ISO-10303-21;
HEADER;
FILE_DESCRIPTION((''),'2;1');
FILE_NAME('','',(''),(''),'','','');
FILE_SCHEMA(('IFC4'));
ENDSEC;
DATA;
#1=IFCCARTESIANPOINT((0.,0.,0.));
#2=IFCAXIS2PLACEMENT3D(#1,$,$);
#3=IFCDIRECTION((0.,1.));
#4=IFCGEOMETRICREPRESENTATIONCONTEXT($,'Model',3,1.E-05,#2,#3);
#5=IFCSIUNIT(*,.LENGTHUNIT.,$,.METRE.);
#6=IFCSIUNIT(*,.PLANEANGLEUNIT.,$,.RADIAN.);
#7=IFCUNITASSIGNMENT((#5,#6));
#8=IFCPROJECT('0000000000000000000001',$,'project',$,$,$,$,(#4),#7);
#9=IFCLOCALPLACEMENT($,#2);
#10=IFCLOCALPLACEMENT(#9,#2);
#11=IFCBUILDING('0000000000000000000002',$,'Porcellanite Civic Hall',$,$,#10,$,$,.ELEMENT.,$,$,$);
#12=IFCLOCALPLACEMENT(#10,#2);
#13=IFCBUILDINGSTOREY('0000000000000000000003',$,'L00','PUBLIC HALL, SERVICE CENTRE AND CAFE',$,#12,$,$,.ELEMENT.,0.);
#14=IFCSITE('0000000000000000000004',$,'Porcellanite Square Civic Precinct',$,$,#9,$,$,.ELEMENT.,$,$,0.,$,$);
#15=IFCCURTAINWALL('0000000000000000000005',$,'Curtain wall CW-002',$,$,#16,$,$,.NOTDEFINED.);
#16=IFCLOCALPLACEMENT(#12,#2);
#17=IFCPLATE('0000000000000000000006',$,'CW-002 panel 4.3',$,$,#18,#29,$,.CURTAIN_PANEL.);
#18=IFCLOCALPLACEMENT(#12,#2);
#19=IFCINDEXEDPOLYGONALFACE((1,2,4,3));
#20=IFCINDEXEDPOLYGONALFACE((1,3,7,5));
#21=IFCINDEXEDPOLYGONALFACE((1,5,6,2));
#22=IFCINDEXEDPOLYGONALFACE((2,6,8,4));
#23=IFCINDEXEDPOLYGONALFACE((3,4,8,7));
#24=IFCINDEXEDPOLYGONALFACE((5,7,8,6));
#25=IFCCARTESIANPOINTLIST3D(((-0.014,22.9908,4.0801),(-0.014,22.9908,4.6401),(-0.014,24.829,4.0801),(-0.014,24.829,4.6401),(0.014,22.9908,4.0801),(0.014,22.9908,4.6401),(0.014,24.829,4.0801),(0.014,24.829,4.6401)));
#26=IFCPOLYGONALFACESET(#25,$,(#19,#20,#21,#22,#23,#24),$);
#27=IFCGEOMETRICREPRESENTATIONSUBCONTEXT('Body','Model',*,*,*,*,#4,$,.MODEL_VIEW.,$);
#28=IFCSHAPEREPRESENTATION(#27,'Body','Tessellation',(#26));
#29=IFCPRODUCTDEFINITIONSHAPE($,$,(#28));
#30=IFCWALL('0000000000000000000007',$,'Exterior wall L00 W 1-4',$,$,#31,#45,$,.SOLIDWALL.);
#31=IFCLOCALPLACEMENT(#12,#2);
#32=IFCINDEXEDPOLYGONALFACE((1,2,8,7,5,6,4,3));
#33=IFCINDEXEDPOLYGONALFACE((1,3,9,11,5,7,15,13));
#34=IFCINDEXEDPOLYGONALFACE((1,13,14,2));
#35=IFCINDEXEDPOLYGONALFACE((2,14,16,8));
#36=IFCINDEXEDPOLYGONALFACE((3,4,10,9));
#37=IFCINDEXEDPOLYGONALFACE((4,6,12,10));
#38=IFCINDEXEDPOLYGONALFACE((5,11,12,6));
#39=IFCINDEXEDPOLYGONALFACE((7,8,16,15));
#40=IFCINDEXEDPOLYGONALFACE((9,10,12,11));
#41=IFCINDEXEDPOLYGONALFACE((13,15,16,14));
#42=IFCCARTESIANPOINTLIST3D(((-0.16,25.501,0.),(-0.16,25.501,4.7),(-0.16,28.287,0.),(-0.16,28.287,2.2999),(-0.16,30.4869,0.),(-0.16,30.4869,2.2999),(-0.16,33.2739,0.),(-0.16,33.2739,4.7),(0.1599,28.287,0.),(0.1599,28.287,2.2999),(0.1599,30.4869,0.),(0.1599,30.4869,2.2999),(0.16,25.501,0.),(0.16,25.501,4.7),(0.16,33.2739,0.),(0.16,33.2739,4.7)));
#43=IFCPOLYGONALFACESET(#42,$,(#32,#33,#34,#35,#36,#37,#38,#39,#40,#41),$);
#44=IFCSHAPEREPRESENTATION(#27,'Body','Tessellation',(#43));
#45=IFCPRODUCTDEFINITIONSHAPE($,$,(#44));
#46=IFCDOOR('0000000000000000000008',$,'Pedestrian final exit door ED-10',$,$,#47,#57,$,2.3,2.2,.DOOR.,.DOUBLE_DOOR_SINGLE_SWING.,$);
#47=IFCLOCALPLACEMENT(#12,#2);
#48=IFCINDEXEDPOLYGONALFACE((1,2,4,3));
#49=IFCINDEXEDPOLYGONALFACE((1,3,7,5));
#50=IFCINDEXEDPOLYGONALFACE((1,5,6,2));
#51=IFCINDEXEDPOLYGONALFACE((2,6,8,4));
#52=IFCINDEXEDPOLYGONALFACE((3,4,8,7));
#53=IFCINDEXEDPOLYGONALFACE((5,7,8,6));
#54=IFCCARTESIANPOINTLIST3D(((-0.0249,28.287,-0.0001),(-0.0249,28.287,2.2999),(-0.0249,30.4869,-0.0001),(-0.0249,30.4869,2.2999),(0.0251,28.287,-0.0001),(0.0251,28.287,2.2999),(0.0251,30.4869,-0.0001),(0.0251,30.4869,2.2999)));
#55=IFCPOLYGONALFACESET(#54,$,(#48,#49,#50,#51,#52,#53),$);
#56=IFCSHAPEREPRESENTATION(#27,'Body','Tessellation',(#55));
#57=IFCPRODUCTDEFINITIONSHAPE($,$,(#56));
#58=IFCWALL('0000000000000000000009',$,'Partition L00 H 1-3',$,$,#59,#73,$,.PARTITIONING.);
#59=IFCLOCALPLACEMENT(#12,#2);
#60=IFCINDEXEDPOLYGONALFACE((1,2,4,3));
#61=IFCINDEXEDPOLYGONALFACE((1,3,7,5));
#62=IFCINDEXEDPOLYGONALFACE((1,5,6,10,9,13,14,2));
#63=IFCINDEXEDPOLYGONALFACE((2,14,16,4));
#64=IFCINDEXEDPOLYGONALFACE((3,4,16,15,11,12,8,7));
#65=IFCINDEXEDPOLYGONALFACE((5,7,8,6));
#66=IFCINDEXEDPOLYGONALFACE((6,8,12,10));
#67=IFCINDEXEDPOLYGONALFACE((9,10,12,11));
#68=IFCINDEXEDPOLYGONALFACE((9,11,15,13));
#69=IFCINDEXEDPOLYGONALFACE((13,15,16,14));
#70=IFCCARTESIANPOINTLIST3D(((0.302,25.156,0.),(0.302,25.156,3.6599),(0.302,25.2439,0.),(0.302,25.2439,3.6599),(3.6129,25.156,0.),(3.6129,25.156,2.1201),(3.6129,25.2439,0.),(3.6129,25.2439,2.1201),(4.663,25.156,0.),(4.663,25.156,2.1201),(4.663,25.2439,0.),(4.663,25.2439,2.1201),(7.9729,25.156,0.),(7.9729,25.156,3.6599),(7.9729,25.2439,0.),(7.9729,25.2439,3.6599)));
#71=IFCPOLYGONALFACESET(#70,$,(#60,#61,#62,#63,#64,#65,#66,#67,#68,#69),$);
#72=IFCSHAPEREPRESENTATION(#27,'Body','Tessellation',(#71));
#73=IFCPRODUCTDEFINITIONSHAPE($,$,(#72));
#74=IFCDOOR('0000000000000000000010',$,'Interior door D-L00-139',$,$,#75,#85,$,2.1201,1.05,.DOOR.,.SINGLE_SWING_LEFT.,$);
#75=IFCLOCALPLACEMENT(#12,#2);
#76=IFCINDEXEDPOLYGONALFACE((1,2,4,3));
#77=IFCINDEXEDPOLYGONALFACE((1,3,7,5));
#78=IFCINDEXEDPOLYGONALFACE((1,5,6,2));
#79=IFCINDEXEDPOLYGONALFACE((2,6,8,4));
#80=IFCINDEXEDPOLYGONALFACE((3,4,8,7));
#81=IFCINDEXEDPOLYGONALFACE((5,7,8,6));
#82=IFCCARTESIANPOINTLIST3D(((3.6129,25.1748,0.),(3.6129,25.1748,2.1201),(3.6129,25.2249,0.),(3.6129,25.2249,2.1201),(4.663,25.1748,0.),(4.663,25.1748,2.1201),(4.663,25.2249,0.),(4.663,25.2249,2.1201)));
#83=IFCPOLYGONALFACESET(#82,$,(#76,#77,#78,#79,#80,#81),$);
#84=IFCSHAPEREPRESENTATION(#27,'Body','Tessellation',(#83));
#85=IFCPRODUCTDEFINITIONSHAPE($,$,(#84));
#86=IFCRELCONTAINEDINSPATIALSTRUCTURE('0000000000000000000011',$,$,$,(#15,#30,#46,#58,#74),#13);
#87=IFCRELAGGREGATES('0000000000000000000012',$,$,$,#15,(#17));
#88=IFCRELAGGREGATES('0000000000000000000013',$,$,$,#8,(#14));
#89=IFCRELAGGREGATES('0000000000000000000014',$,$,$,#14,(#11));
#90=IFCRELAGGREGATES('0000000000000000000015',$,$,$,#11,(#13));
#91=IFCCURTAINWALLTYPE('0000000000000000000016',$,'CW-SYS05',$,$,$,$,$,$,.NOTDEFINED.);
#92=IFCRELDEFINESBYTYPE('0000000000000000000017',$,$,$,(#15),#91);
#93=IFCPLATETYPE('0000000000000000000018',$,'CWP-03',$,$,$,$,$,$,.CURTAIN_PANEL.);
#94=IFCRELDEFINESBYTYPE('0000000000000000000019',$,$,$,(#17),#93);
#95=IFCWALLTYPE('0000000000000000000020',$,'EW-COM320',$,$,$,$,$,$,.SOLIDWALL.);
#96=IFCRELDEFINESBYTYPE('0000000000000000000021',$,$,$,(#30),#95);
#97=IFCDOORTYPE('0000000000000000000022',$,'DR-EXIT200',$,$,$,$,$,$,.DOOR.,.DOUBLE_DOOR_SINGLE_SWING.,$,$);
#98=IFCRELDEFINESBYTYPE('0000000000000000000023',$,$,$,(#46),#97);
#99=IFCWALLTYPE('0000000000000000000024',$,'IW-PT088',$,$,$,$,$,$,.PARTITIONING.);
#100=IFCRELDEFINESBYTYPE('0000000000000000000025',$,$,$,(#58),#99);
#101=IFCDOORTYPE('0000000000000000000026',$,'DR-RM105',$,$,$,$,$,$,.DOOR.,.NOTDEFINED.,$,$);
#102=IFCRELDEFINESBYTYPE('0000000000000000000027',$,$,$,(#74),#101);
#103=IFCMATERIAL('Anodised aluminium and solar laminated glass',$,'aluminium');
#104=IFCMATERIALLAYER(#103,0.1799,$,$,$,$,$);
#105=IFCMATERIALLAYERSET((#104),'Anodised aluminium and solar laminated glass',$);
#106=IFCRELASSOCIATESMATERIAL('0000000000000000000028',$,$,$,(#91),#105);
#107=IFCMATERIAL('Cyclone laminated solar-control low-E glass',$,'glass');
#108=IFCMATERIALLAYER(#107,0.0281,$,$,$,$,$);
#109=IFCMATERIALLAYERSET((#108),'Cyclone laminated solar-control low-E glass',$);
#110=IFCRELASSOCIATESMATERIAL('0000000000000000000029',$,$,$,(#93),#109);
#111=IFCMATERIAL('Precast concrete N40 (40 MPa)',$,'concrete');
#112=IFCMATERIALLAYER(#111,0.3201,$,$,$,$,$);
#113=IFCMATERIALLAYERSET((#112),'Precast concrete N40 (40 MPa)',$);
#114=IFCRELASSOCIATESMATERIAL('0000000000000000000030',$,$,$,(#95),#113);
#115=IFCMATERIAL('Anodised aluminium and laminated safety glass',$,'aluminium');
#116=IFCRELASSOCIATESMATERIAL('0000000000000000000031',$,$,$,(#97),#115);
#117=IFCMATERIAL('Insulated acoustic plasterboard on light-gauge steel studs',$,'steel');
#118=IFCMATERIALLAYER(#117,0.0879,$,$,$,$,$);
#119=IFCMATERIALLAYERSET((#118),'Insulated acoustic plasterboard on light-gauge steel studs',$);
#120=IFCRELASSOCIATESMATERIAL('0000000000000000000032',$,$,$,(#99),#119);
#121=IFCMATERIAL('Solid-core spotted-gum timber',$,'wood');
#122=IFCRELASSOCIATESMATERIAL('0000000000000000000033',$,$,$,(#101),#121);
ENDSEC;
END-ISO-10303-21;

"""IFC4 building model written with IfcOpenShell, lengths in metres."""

from ifc_helpers import new_model, si_unit, direction, frame, frame_2d, origin, origin_2d, place, context, subcontext, project, spatial, rectangle, extrude, material, layer, layer_set, type_object, element, fill, aggregate, save


model = new_model("IFC4")

# Units and contexts
model_context = context("Model", 3, precision=1e-05, world=origin(), true_north=direction((0.0, 1.0)))
body_context = subcontext(model_context, "Body", "Model", "MODEL_VIEW")
ifc_project = project(units=[si_unit("LENGTHUNIT", "METRE"), si_unit("PLANEANGLEUNIT", "RADIAN")], contexts=[model_context])

# Site, building, storey
site_placement = place(None, origin())
site = spatial("IfcSite", under=ifc_project, at=site_placement, Name="Porcellanite Square Civic Precinct", CompositionType="ELEMENT", RefElevation=0.0)
building_placement = place(site_placement, origin())
building = spatial("IfcBuilding", under=site, at=building_placement, Name="Porcellanite Civic Hall", CompositionType="ELEMENT")
storey_placement = place(building_placement, origin())
storey = spatial("IfcBuildingStorey", under=building, at=storey_placement, Name="L00", Description="PUBLIC HALL, SERVICE CENTRE AND CAFE", CompositionType="ELEMENT", Elevation=0.0)

# Curtain wall, plate
ifc_material_1 = material(Name="Anodised aluminium and solar laminated glass", Category="aluminium")
ifc_layer_1 = layer(ifc_material_1, 0.1799)
ifc_layer_set_1 = layer_set([ifc_layer_1], Name="Anodised aluminium and solar laminated glass")
curtain_wall_type = type_object("IfcCurtainWallType", Name="CW-SYS05", PredefinedType="NOTDEFINED", material=ifc_layer_set_1)
curtain_wall_placement = place(storey_placement, origin())
curtain_wall = element("IfcCurtainWall", 1, at=curtain_wall_placement, inside=storey, type_object=curtain_wall_type, Name="Curtain wall CW-002", PredefinedType="NOTDEFINED")
ifc_material_2 = material(Name="Cyclone laminated solar-control low-E glass", Category="glass")
ifc_layer_2 = layer(ifc_material_2, 0.0281)
ifc_layer_set_2 = layer_set([ifc_layer_2], Name="Cyclone laminated solar-control low-E glass")
plate_type = type_object("IfcPlateType", Name="CWP-03", PredefinedType="CURTAIN_PANEL", material=ifc_layer_set_2)
plate_1_placement = place(storey_placement, frame((0.0, 23.9099, 4.0801), z_axis=(0.0, 0.0, 1.0), x_axis=(0.0, 1.0, 0.0)))
plate_1 = element("IfcPlate", 2, at=plate_1_placement, type_object=plate_type, Name="CW-002 panel 4.3", PredefinedType="CURTAIN_PANEL", context=body_context, shape_type="SweptSolid", body=[
    extrude(rectangle(XDim=1.8381, YDim=0.0281, at=origin_2d()), origin(), (0.0, 0.0, 1.0), 0.5601),
])
aggregate(curtain_wall, [plate_1])

# Walls, openings, doors
ifc_material_3 = material(Name="Precast concrete N40 (40 MPa)", Category="concrete")
ifc_layer_3 = layer(ifc_material_3, 0.3201)
ifc_layer_set_3 = layer_set([ifc_layer_3], Name="Precast concrete N40 (40 MPa)")
wall_type_1 = type_object("IfcWallType", Name="EW-COM320", PredefinedType="SOLIDWALL", material=ifc_layer_set_3)
wall_1_placement = place(storey_placement, frame((0.0, 25.501, 0.0), z_axis=(0.0, 0.0, 1.0), x_axis=(0.0, 1.0, 0.0)))
wall_1 = element("IfcWall", 3, at=wall_1_placement, inside=storey, type_object=wall_type_1, Name="Exterior wall L00 W 1-4", PredefinedType="SOLIDWALL", context=body_context, shape_type="SweptSolid", body=[
    extrude(rectangle(XDim=7.7729, YDim=0.3201, at=frame_2d((3.8865, 0.0))), origin(), (0.0, 0.0, 1.0), 4.7),
])
opening_1_placement = place(wall_1_placement, frame((2.7859, 0.0, 0.0)))
opening_1 = element("IfcOpeningElement", 4, at=opening_1_placement, cuts=wall_1, PredefinedType="OPENING", context=body_context, shape_type="SweptSolid", body=[
    extrude(rectangle(XDim=2.2, YDim=2.3, at=frame_2d((1.1001, 1.1499))), frame((0.0, 0.1602, 0.0), z_axis=(0.0, -1.0, 0.0), x_axis=(1.0, 0.0, 0.0)), (0.0, 0.0, 1.0), 0.3201),
])
ifc_material_4 = material(Name="Anodised aluminium and laminated safety glass", Category="aluminium")
door_type_1 = type_object("IfcDoorType", Name="DR-EXIT200", OperationType="DOUBLE_DOOR_SINGLE_SWING", PredefinedType="DOOR", material=ifc_material_4)
door_1_placement = place(opening_1_placement, origin())
door_1 = element("IfcDoor", 5, at=door_1_placement, inside=storey, type_object=door_type_1, Name="Pedestrian final exit door ED-10", OperationType="DOUBLE_DOOR_SINGLE_SWING", OverallHeight=2.3, OverallWidth=2.2, PredefinedType="DOOR", context=body_context, shape_type="SweptSolid", body=[
    extrude(rectangle(XDim=2.2, YDim=2.3, at=frame_2d((1.1001, 1.1499))), frame((0.0, 0.0249, 0.0), z_axis=(0.0, -1.0, 0.0), x_axis=(1.0, 0.0, 0.0)), (0.0, 0.0, 1.0), 0.05),
])
fill(opening_1, door_1)
ifc_material_5 = material(Name="Insulated acoustic plasterboard on light-gauge steel studs", Category="steel")
ifc_layer_4 = layer(ifc_material_5, 0.0879)
ifc_layer_set_4 = layer_set([ifc_layer_4], Name="Insulated acoustic plasterboard on light-gauge steel studs")
wall_type_2 = type_object("IfcWallType", Name="IW-PT088", PredefinedType="PARTITIONING", material=ifc_layer_set_4)
wall_2_placement = place(storey_placement, frame((0.302, 25.2, 0.0), z_axis=(0.0, 0.0, 1.0), x_axis=(1.0, 0.0, 0.0)))
wall_2 = element("IfcWall", 6, at=wall_2_placement, inside=storey, type_object=wall_type_2, Name="Partition L00 H 1-3", PredefinedType="PARTITIONING", context=body_context, shape_type="SweptSolid", body=[
    extrude(rectangle(XDim=7.6709, YDim=0.0879, at=frame_2d((3.8354, 0.0))), origin(), (0.0, 0.0, 1.0), 3.6599),
])
opening_2_placement = place(wall_2_placement, frame((3.311, 0.0, 0.0)))
opening_2 = element("IfcOpeningElement", 7, at=opening_2_placement, cuts=wall_2, PredefinedType="OPENING", context=body_context, shape_type="SweptSolid", body=[
    extrude(rectangle(XDim=1.05, YDim=2.1201, at=frame_2d((0.5249, 1.0601))), frame((0.0, 0.0439, 0.0), z_axis=(0.0, -1.0, 0.0), x_axis=(1.0, 0.0, 0.0)), (0.0, 0.0, 1.0), 0.0879),
])
ifc_material_6 = material(Name="Solid-core spotted-gum timber", Category="wood")
door_type_2 = type_object("IfcDoorType", Name="DR-RM105", OperationType="NOTDEFINED", PredefinedType="DOOR", material=ifc_material_6)
door_2_placement = place(opening_2_placement, origin())
door_2 = element("IfcDoor", 8, at=door_2_placement, inside=storey, type_object=door_type_2, Name="Interior door D-L00-139", OperationType="SINGLE_SWING_LEFT", OverallHeight=2.1201, OverallWidth=1.05, PredefinedType="DOOR", context=body_context, shape_type="SweptSolid", body=[
    extrude(rectangle(XDim=1.05, YDim=2.1201, at=frame_2d((0.5249, 1.0601))), frame((0.0, 0.0249, 0.0), z_axis=(0.0, -1.0, 0.0), x_axis=(1.0, 0.0, 0.0)), (0.0, 0.0, 1.0), 0.05),
])
fill(opening_2, door_2)

save(model, "model.ifc")
